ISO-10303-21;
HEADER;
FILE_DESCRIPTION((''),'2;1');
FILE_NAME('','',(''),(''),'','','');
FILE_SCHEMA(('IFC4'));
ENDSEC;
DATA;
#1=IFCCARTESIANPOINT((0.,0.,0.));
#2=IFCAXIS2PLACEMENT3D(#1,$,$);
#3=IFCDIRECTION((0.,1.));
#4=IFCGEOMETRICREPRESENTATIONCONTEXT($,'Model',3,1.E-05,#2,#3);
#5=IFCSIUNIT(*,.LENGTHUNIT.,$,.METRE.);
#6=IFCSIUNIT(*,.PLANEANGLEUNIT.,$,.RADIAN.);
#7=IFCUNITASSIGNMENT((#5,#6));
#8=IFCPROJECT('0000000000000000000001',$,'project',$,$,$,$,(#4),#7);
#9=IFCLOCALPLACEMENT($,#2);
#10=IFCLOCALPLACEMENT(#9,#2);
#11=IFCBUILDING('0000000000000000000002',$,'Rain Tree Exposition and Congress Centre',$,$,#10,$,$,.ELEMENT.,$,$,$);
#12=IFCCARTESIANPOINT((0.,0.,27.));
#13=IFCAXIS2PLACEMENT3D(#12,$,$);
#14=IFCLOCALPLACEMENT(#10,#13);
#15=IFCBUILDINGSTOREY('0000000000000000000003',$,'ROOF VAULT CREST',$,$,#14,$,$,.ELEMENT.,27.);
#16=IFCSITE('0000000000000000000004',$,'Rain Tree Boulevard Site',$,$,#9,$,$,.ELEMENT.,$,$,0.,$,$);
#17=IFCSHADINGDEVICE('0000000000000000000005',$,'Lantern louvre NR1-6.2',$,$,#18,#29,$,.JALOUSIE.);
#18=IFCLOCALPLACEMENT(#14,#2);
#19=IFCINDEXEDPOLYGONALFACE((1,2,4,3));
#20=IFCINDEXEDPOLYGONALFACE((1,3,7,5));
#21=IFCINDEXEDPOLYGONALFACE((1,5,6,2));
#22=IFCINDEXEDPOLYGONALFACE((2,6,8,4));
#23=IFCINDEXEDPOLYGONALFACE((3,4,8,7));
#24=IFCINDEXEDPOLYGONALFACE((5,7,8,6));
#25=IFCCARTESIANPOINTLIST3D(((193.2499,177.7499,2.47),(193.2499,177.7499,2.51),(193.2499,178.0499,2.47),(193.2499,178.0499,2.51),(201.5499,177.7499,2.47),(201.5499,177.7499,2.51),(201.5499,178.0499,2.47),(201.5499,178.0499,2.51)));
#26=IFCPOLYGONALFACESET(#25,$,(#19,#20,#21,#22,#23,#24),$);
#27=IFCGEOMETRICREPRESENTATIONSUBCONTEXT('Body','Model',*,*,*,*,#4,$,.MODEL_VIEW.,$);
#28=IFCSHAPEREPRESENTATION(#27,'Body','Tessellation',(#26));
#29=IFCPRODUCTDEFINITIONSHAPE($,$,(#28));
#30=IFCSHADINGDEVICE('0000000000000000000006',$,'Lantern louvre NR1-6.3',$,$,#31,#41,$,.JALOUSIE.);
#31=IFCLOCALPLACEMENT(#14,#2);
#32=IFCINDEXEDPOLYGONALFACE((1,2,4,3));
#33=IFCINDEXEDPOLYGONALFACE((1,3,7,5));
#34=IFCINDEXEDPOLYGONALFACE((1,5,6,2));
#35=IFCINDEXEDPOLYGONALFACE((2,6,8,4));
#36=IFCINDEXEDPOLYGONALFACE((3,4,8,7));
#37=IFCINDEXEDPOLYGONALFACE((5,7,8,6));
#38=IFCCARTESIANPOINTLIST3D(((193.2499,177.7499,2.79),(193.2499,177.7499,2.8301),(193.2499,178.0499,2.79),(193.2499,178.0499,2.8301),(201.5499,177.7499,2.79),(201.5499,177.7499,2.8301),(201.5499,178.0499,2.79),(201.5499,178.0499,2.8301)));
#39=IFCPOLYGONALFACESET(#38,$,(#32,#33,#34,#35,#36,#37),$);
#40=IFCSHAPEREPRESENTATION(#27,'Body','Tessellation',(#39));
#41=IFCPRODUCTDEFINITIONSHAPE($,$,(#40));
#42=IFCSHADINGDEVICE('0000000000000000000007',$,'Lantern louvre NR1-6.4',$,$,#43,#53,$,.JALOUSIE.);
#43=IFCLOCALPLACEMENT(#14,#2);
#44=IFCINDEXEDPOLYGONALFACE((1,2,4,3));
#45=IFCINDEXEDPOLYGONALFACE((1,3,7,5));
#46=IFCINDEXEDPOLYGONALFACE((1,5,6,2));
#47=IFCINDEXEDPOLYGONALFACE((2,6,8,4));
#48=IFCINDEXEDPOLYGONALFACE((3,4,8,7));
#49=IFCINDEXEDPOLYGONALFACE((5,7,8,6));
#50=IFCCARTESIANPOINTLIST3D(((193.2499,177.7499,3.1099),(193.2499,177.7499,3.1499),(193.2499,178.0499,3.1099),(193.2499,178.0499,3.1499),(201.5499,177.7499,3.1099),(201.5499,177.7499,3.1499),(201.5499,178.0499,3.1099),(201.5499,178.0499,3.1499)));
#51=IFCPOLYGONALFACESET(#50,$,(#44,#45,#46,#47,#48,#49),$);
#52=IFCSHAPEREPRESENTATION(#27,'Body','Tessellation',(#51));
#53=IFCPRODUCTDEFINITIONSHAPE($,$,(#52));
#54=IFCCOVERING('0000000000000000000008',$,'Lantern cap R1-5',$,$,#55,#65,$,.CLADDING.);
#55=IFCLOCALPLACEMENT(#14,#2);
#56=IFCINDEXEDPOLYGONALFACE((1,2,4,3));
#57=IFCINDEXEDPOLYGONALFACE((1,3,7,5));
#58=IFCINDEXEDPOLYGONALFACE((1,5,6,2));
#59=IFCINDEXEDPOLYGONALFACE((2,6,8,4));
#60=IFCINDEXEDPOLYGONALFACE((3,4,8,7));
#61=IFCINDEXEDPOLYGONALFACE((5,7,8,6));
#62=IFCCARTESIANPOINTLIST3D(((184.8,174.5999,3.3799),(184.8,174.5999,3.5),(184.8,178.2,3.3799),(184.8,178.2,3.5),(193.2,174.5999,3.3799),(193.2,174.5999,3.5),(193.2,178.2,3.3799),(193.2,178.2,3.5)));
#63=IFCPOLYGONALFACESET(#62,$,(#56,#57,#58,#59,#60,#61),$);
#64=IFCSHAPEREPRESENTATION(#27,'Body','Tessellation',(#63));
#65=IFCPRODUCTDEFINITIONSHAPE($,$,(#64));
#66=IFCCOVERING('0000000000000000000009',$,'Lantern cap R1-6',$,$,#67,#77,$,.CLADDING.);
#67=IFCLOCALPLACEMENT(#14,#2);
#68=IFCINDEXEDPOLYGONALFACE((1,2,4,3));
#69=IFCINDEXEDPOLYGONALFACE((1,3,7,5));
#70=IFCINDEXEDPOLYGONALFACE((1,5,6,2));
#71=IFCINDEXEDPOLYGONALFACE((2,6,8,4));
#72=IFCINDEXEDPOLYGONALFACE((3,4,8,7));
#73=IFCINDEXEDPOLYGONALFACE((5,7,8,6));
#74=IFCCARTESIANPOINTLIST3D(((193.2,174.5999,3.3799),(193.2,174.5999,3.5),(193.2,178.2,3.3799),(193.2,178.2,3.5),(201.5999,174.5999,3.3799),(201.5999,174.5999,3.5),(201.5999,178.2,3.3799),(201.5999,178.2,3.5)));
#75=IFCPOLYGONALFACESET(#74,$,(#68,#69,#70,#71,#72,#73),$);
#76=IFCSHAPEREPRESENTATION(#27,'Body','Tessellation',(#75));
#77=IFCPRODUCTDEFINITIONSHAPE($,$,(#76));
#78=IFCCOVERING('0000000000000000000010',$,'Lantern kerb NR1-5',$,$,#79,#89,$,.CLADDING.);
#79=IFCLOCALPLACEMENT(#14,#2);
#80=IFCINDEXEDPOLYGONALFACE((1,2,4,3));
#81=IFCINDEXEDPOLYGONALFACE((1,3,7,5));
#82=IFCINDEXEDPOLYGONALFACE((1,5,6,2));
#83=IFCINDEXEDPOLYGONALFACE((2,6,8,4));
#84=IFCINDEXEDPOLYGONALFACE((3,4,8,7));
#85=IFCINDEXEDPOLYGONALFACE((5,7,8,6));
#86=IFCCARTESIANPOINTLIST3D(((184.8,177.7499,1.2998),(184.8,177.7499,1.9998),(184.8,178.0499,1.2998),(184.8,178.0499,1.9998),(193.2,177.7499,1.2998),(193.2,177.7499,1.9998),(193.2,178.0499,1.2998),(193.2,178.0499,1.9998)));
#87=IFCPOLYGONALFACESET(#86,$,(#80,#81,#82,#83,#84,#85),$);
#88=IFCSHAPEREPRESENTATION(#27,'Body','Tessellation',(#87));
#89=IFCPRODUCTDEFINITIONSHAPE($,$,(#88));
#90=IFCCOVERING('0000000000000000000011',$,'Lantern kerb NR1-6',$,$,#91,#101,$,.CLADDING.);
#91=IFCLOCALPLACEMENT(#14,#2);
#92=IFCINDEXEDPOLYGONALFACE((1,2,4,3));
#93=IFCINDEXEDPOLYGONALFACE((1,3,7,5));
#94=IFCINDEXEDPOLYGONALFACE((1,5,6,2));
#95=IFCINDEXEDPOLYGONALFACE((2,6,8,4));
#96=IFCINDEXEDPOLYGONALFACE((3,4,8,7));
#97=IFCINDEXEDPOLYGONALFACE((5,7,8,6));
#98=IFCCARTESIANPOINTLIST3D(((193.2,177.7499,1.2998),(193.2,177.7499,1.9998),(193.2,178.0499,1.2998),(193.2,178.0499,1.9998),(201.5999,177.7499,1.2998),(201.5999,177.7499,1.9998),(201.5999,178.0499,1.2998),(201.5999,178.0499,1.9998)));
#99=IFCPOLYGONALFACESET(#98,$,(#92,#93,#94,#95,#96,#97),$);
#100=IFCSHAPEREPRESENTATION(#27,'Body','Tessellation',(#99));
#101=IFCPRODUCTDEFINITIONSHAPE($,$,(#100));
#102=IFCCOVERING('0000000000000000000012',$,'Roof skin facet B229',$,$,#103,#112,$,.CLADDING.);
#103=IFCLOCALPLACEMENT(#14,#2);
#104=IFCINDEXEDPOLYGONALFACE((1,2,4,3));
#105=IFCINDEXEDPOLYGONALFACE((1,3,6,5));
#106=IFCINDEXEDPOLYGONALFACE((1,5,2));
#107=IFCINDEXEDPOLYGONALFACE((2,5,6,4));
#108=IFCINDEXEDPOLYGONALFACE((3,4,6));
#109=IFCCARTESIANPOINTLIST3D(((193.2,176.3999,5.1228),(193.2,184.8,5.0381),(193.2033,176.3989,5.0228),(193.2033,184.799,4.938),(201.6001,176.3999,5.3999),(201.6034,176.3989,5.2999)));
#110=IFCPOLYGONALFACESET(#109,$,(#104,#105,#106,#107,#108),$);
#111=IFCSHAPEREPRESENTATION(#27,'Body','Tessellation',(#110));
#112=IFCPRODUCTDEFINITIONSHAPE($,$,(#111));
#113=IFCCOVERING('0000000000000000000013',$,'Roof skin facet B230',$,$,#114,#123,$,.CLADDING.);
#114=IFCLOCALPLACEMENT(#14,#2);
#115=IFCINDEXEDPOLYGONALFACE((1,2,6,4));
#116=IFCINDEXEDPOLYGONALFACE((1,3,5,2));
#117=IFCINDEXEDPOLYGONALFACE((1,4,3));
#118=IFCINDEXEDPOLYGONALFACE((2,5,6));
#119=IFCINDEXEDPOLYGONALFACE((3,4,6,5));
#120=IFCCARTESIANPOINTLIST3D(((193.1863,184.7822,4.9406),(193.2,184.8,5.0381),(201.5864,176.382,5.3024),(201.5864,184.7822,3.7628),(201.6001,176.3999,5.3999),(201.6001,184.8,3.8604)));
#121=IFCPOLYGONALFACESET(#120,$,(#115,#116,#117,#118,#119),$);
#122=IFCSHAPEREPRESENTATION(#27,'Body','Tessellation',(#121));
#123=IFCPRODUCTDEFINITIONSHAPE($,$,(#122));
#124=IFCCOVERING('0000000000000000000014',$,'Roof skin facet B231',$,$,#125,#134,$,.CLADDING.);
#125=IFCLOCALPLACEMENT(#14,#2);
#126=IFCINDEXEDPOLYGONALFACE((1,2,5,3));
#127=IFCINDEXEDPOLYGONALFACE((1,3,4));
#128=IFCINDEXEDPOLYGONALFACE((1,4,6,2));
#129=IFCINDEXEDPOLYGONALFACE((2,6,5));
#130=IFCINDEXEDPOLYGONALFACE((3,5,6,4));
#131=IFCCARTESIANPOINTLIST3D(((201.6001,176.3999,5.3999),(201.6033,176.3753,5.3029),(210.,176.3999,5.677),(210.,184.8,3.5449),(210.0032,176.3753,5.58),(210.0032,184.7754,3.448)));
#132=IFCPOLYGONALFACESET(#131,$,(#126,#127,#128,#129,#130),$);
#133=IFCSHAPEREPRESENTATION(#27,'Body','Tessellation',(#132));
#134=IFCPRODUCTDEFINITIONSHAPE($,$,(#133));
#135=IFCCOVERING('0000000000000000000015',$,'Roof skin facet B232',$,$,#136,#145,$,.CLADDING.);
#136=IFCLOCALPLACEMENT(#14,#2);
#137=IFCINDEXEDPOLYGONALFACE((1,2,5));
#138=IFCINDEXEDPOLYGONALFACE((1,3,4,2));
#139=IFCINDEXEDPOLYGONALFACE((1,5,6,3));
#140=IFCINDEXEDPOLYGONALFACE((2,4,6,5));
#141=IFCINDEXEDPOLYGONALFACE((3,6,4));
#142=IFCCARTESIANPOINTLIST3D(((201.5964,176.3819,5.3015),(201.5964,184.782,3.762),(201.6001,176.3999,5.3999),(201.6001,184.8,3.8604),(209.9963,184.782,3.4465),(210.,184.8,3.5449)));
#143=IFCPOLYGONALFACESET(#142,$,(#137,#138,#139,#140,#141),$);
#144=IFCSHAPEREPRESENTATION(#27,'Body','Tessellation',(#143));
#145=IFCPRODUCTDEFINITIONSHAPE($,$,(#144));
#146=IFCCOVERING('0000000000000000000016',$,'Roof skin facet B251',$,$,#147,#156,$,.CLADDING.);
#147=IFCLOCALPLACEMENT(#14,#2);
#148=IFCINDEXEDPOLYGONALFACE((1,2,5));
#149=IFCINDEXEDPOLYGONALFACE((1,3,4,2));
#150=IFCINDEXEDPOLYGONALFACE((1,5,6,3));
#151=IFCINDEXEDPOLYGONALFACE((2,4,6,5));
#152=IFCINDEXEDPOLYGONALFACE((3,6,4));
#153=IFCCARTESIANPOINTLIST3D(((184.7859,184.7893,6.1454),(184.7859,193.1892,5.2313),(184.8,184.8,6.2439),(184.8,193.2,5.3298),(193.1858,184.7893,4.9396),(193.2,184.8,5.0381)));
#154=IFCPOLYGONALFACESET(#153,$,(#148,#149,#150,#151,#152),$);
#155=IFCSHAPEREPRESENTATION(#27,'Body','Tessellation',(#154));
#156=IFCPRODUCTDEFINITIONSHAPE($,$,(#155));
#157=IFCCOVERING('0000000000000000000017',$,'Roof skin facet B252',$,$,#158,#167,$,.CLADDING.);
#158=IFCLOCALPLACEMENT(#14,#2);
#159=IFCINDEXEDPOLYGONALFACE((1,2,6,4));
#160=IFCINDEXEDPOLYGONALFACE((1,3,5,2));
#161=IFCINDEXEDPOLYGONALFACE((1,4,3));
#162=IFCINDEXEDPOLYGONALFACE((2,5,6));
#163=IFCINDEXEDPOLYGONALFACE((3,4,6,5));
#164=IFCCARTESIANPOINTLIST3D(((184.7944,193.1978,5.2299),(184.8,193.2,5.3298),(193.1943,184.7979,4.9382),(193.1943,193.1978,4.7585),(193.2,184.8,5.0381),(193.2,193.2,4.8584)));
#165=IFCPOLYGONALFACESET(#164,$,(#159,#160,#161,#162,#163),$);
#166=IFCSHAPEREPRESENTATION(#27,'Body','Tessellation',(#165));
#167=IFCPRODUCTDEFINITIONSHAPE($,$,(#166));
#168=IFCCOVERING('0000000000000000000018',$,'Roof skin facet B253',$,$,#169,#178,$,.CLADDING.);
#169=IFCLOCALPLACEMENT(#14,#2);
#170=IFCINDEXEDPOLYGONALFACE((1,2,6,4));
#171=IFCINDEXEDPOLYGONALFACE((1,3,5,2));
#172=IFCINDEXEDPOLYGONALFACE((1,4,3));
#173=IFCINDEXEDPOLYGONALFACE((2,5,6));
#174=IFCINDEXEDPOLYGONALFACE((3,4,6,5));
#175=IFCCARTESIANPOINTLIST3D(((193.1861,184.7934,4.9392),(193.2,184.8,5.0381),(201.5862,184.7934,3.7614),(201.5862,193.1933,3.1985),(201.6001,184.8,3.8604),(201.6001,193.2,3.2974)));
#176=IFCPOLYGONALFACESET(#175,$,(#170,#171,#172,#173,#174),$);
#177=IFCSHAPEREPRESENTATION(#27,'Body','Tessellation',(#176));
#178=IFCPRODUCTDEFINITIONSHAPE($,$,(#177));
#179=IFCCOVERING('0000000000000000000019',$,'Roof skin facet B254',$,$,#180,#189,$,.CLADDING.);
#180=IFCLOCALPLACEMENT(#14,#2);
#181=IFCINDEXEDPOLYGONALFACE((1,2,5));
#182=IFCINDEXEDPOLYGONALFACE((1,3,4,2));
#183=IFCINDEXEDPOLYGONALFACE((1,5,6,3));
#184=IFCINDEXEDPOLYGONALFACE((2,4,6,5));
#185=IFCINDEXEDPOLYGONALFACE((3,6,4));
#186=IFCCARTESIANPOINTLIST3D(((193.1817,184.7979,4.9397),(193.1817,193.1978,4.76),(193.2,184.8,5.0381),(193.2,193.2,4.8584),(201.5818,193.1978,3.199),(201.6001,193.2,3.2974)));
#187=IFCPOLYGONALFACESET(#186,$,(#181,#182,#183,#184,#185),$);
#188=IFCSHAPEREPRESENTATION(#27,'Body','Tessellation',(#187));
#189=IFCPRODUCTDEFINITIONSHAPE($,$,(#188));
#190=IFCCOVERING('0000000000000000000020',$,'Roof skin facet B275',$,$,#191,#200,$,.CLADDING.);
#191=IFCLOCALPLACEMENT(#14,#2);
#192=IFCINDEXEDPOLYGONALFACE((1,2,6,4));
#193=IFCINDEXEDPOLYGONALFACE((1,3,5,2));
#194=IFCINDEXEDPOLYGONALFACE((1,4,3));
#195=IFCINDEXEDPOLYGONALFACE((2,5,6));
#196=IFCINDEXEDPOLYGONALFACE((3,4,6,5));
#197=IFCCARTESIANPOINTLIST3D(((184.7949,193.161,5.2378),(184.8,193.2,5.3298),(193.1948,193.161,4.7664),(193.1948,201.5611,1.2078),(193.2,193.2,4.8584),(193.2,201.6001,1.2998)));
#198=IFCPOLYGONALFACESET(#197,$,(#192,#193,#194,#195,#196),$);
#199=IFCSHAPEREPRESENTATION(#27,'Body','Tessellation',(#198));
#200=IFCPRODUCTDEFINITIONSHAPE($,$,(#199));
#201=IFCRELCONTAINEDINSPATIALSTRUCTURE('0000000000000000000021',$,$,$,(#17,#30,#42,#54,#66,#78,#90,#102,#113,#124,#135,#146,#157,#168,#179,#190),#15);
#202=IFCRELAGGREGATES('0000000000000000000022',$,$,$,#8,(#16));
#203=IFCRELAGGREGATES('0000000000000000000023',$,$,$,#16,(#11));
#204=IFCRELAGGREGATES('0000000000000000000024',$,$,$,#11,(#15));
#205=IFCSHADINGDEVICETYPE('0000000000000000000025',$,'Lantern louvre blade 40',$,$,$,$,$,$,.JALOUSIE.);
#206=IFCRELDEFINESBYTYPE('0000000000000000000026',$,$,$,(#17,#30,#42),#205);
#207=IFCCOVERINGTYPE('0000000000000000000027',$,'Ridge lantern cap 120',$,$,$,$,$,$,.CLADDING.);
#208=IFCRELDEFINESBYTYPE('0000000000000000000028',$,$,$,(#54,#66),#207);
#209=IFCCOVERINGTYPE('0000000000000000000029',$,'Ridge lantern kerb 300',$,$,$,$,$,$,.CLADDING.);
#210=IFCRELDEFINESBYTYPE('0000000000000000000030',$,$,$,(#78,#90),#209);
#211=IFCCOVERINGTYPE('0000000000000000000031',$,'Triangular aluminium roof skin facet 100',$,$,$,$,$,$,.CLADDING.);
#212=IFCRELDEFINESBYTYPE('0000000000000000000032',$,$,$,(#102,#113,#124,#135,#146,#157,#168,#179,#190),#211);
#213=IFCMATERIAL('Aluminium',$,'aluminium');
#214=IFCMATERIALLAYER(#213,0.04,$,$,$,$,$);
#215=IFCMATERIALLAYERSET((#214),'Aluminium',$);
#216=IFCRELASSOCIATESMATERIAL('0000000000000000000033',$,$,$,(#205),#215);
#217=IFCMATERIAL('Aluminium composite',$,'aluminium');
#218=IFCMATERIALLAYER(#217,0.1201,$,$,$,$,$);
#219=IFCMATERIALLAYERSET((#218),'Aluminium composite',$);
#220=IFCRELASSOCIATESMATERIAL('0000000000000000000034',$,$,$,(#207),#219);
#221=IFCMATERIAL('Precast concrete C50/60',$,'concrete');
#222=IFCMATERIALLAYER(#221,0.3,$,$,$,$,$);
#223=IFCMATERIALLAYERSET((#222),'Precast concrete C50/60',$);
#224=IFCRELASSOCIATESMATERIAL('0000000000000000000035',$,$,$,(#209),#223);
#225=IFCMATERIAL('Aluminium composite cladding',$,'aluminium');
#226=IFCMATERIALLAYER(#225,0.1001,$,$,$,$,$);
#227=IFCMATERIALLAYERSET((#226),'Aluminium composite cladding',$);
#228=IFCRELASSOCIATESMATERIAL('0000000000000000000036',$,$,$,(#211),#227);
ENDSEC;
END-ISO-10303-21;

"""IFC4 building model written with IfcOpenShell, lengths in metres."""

from ifc_helpers import new_model, si_unit, direction, frame, origin, origin_2d, place, context, subcontext, project, spatial, polyline, rectangle, outline, extrude, material, layer, layer_set, type_object, element, save


model = new_model("IFC4")

# Units and contexts
model_context = context("Model", 3, precision=1e-05, world=origin(), true_north=direction((0.0, 1.0)))
body_context = subcontext(model_context, "Body", "Model", "MODEL_VIEW")
ifc_project = project(units=[si_unit("LENGTHUNIT", "METRE"), si_unit("PLANEANGLEUNIT", "RADIAN")], contexts=[model_context])

# Site, building, storey
site_placement = place(None, origin())
site = spatial("IfcSite", under=ifc_project, at=site_placement, Name="Rain Tree Boulevard Site", CompositionType="ELEMENT", RefElevation=0.0)
building_placement = place(site_placement, origin())
building = spatial("IfcBuilding", under=site, at=building_placement, Name="Rain Tree Exposition and Congress Centre", CompositionType="ELEMENT")
storey_placement = place(building_placement, frame((0.0, 0.0, 27.0)))
storey = spatial("IfcBuildingStorey", under=building, at=storey_placement, Name="ROOF VAULT CREST", CompositionType="ELEMENT", Elevation=27.0)

# Shading devices
ifc_material_1 = material(Name="Aluminium", Category="aluminium")
ifc_layer_1 = layer(ifc_material_1, 0.04)
ifc_layer_set_1 = layer_set([ifc_layer_1], Name="Aluminium")
shading_device_type = type_object("IfcShadingDeviceType", Name="Lantern louvre blade 40", PredefinedType="JALOUSIE", material=ifc_layer_set_1)
for number, where, z_axis, x_axis, name in (
    (1, (197.3999, 177.8999, 2.47), (0.0, 0.0, 1.0), (1.0, 0.0, 0.0), "Lantern louvre NR1-6.2"),
    (2, (197.3999, 177.8999, 2.79), (0.0, 0.0, 1.0), (1.0, 0.0, 0.0), "Lantern louvre NR1-6.3"),
    (3, (197.3999, 177.8999, 3.1099), (0.0, 0.0, 1.0), (1.0, 0.0, 0.0), "Lantern louvre NR1-6.4"),
):
    element("IfcShadingDevice", number, at=place(storey_placement, frame(where, z_axis=z_axis, x_axis=x_axis)), inside=storey, type_object=shading_device_type, Name=name, PredefinedType="JALOUSIE", context=body_context, shape_type="SweptSolid", body=[
        extrude(rectangle(XDim=8.3, YDim=0.3, at=origin_2d()), origin(), (0.0, 0.0, 1.0), 0.04),
    ])

# Coverings
ifc_material_2 = material(Name="Aluminium composite", Category="aluminium")
ifc_layer_2 = layer(ifc_material_2, 0.1201)
ifc_layer_set_2 = layer_set([ifc_layer_2], Name="Aluminium composite")
covering_type_1 = type_object("IfcCoveringType", Name="Ridge lantern cap 120", PredefinedType="CLADDING", material=ifc_layer_set_2)
for number, where, z_axis, x_axis, name in (
    (4, (189.0, 176.3999, 3.3799), (0.0, 0.0, 1.0), (1.0, 0.0, 0.0), "Lantern cap R1-5"),
    (5, (197.3999, 176.3999, 3.3799), (0.0, 0.0, 1.0), (1.0, 0.0, 0.0), "Lantern cap R1-6"),
):
    element("IfcCovering", number, at=place(storey_placement, frame(where, z_axis=z_axis, x_axis=x_axis)), inside=storey, type_object=covering_type_1, Name=name, PredefinedType="CLADDING", context=body_context, shape_type="SweptSolid", body=[
        extrude(rectangle(XDim=8.3999, YDim=3.6001, at=origin_2d()), origin(), (0.0, 0.0, 1.0), 0.1201),
    ])
ifc_material_3 = material(Name="Precast concrete C50/60", Category="concrete")
ifc_layer_3 = layer(ifc_material_3, 0.3)
ifc_layer_set_3 = layer_set([ifc_layer_3], Name="Precast concrete C50/60")
covering_type_2 = type_object("IfcCoveringType", Name="Ridge lantern kerb 300", PredefinedType="CLADDING", material=ifc_layer_set_3)
for number, where, z_axis, x_axis, name in (
    (6, (189.0, 177.8999, 1.2998), (0.0, 0.0, 1.0), (1.0, 0.0, 0.0), "Lantern kerb NR1-5"),
    (7, (197.3999, 177.8999, 1.2998), (0.0, 0.0, 1.0), (1.0, 0.0, 0.0), "Lantern kerb NR1-6"),
):
    element("IfcCovering", number, at=place(storey_placement, frame(where, z_axis=z_axis, x_axis=x_axis)), inside=storey, type_object=covering_type_2, Name=name, PredefinedType="CLADDING", context=body_context, shape_type="SweptSolid", body=[
        extrude(rectangle(XDim=8.3999, YDim=0.3, at=origin_2d()), origin(), (0.0, 0.0, 1.0), 0.7),
    ])
ifc_material_4 = material(Name="Aluminium composite cladding", Category="aluminium")
ifc_layer_4 = layer(ifc_material_4, 0.1001)
ifc_layer_set_4 = layer_set([ifc_layer_4], Name="Aluminium composite cladding")
covering_type_3 = type_object("IfcCoveringType", Name="Triangular aluminium roof skin facet 100", PredefinedType="CLADDING", material=ifc_layer_set_4)
covering_1_placement = place(storey_placement, frame((193.2, 176.3999, 5.1228), z_axis=(-0.032968, 0.010079, 0.999406), x_axis=(0.999456, 0.0, 0.03297)))
element("IfcCovering", 8, at=covering_1_placement, inside=storey, type_object=covering_type_3, Name="Roof skin facet B229", PredefinedType="CLADDING", context=body_context, shape_type="SweptSolid", body=[
    extrude(outline(polyline([(0.0, 0.0), (8.4047, 0.0), (-0.0028, 8.4006), (0.0, 0.0)])), origin(), (0.0, 0.0, -1.0), 0.1001),
])
covering_2_placement = place(storey_placement, frame((201.6001, 176.3999, 5.3999), z_axis=(0.136614, 0.178584, 0.974394), x_axis=(0.0, 0.983616, -0.180274)))
element("IfcCovering", 9, at=covering_2_placement, inside=storey, type_object=covering_type_3, Name="Roof skin facet B230", PredefinedType="CLADDING", context=body_context, shape_type="SweptSolid", body=[
    extrude(outline(polyline([(0.0, 0.0), (8.5401, 0.0), (8.3277, 8.4796), (0.0, 0.0)])), origin(), (0.0, 0.0, -1.0), 0.1001),
])
covering_3_placement = place(storey_placement, frame((201.6001, 176.3999, 5.3999), z_axis=(-0.031958, 0.245888, 0.968771), x_axis=(0.999456, 0.0, 0.03297)))
element("IfcCovering", 10, at=covering_3_placement, inside=storey, type_object=covering_type_3, Name="Roof skin facet B231", PredefinedType="CLADDING", context=body_context, shape_type="SweptSolid", body=[
    extrude(outline(polyline([(0.0, 0.0), (8.4045, 0.0), (8.3342, 8.6662), (0.0, 0.0)])), origin(), (0.0, 0.0, -1.0), 0.1001),
])
covering_4_placement = place(storey_placement, frame((201.6001, 176.3999, 5.3999), z_axis=(0.036911, 0.180151, 0.982946), x_axis=(0.69863, 0.698651, -0.154281)))
element("IfcCovering", 11, at=covering_4_placement, inside=storey, type_object=covering_type_3, Name="Roof skin facet B232", PredefinedType="CLADDING", context=body_context, shape_type="SweptSolid", body=[
    extrude(outline(polyline([(0.0, 0.0), (12.0234, 0.0), (6.1063, 5.9704), (0.0, 0.0)])), origin(), (0.0, 0.0, -1.0), 0.1001),
])
covering_5_placement = place(storey_placement, frame((184.8, 184.8, 6.2439), z_axis=(0.141277, 0.107095, 0.98416), x_axis=(0.989853, 0.0, -0.142094)))
element("IfcCovering", 12, at=covering_5_placement, inside=storey, type_object=covering_type_3, Name="Roof skin facet B251", PredefinedType="CLADDING", context=body_context, shape_type="SweptSolid", body=[
    extrude(outline(polyline([(0.0, 0.0), (8.486, 0.0), (0.1299, 8.4485), (0.0, 0.0)])), origin(), (0.0, 0.0, -1.0), 0.1001),
])
covering_6_placement = place(storey_placement, frame((193.2, 184.8, 5.0381), z_axis=(0.056023, 0.021353, 0.998201), x_axis=(0.0, 0.999771, -0.021387)))
element("IfcCovering", 13, at=covering_6_placement, inside=storey, type_object=covering_type_3, Name="Roof skin facet B252", PredefinedType="CLADDING", context=body_context, shape_type="SweptSolid", body=[
    extrude(outline(polyline([(0.0, 0.0), (8.4018, 0.0), (8.3917, 8.4131), (0.0, 0.0)])), origin(), (0.0, 0.0, -1.0), 0.1001),
])
covering_7_placement = place(storey_placement, frame((193.2, 184.8, 5.0381), z_axis=(0.138541, 0.066228, 0.98814), x_axis=(0.990314, 0.0, -0.138846)))
element("IfcCovering", 14, at=covering_7_placement, inside=storey, type_object=covering_type_3, Name="Roof skin facet B253", PredefinedType="CLADDING", context=body_context, shape_type="SweptSolid", body=[
    extrude(outline(polyline([(0.0, 0.0), (8.4823, 0.0), (8.5605, 8.4184), (0.0, 0.0)])), origin(), (0.0, 0.0, -1.0), 0.1001),
])
covering_8_placement = place(storey_placement, frame((193.2, 184.8, 5.0381), z_axis=(0.182666, 0.021027, 0.98295), x_axis=(0.699646, 0.699625, -0.144984)))
element("IfcCovering", 15, at=covering_8_placement, inside=storey, type_object=covering_type_3, Name="Roof skin facet B254", PredefinedType="CLADDING", context=body_context, shape_type="SweptSolid", body=[
    extrude(outline(polyline([(0.0, 0.0), (12.0063, 0.0), (5.9028, 5.9789), (0.0, 0.0)])), origin(), (0.0, 0.0, -1.0), 0.1001),
])
covering_9_placement = place(storey_placement, frame((184.8, 193.2, 5.3298), z_axis=(0.051609, 0.389556, 0.919556), x_axis=(0.998429, 0.0, -0.056036)))
element("IfcCovering", 16, at=covering_9_placement, inside=storey, type_object=covering_type_3, Name="Roof skin facet B275", PredefinedType="CLADDING", context=body_context, shape_type="SweptSolid", body=[
    extrude(outline(polyline([(0.0, 0.0), (8.4131, 0.0), (8.6125, 9.1207), (0.0, 0.0)])), origin(), (0.0, 0.0, -1.0), 0.1001),
])

save(model, "model.ifc")
